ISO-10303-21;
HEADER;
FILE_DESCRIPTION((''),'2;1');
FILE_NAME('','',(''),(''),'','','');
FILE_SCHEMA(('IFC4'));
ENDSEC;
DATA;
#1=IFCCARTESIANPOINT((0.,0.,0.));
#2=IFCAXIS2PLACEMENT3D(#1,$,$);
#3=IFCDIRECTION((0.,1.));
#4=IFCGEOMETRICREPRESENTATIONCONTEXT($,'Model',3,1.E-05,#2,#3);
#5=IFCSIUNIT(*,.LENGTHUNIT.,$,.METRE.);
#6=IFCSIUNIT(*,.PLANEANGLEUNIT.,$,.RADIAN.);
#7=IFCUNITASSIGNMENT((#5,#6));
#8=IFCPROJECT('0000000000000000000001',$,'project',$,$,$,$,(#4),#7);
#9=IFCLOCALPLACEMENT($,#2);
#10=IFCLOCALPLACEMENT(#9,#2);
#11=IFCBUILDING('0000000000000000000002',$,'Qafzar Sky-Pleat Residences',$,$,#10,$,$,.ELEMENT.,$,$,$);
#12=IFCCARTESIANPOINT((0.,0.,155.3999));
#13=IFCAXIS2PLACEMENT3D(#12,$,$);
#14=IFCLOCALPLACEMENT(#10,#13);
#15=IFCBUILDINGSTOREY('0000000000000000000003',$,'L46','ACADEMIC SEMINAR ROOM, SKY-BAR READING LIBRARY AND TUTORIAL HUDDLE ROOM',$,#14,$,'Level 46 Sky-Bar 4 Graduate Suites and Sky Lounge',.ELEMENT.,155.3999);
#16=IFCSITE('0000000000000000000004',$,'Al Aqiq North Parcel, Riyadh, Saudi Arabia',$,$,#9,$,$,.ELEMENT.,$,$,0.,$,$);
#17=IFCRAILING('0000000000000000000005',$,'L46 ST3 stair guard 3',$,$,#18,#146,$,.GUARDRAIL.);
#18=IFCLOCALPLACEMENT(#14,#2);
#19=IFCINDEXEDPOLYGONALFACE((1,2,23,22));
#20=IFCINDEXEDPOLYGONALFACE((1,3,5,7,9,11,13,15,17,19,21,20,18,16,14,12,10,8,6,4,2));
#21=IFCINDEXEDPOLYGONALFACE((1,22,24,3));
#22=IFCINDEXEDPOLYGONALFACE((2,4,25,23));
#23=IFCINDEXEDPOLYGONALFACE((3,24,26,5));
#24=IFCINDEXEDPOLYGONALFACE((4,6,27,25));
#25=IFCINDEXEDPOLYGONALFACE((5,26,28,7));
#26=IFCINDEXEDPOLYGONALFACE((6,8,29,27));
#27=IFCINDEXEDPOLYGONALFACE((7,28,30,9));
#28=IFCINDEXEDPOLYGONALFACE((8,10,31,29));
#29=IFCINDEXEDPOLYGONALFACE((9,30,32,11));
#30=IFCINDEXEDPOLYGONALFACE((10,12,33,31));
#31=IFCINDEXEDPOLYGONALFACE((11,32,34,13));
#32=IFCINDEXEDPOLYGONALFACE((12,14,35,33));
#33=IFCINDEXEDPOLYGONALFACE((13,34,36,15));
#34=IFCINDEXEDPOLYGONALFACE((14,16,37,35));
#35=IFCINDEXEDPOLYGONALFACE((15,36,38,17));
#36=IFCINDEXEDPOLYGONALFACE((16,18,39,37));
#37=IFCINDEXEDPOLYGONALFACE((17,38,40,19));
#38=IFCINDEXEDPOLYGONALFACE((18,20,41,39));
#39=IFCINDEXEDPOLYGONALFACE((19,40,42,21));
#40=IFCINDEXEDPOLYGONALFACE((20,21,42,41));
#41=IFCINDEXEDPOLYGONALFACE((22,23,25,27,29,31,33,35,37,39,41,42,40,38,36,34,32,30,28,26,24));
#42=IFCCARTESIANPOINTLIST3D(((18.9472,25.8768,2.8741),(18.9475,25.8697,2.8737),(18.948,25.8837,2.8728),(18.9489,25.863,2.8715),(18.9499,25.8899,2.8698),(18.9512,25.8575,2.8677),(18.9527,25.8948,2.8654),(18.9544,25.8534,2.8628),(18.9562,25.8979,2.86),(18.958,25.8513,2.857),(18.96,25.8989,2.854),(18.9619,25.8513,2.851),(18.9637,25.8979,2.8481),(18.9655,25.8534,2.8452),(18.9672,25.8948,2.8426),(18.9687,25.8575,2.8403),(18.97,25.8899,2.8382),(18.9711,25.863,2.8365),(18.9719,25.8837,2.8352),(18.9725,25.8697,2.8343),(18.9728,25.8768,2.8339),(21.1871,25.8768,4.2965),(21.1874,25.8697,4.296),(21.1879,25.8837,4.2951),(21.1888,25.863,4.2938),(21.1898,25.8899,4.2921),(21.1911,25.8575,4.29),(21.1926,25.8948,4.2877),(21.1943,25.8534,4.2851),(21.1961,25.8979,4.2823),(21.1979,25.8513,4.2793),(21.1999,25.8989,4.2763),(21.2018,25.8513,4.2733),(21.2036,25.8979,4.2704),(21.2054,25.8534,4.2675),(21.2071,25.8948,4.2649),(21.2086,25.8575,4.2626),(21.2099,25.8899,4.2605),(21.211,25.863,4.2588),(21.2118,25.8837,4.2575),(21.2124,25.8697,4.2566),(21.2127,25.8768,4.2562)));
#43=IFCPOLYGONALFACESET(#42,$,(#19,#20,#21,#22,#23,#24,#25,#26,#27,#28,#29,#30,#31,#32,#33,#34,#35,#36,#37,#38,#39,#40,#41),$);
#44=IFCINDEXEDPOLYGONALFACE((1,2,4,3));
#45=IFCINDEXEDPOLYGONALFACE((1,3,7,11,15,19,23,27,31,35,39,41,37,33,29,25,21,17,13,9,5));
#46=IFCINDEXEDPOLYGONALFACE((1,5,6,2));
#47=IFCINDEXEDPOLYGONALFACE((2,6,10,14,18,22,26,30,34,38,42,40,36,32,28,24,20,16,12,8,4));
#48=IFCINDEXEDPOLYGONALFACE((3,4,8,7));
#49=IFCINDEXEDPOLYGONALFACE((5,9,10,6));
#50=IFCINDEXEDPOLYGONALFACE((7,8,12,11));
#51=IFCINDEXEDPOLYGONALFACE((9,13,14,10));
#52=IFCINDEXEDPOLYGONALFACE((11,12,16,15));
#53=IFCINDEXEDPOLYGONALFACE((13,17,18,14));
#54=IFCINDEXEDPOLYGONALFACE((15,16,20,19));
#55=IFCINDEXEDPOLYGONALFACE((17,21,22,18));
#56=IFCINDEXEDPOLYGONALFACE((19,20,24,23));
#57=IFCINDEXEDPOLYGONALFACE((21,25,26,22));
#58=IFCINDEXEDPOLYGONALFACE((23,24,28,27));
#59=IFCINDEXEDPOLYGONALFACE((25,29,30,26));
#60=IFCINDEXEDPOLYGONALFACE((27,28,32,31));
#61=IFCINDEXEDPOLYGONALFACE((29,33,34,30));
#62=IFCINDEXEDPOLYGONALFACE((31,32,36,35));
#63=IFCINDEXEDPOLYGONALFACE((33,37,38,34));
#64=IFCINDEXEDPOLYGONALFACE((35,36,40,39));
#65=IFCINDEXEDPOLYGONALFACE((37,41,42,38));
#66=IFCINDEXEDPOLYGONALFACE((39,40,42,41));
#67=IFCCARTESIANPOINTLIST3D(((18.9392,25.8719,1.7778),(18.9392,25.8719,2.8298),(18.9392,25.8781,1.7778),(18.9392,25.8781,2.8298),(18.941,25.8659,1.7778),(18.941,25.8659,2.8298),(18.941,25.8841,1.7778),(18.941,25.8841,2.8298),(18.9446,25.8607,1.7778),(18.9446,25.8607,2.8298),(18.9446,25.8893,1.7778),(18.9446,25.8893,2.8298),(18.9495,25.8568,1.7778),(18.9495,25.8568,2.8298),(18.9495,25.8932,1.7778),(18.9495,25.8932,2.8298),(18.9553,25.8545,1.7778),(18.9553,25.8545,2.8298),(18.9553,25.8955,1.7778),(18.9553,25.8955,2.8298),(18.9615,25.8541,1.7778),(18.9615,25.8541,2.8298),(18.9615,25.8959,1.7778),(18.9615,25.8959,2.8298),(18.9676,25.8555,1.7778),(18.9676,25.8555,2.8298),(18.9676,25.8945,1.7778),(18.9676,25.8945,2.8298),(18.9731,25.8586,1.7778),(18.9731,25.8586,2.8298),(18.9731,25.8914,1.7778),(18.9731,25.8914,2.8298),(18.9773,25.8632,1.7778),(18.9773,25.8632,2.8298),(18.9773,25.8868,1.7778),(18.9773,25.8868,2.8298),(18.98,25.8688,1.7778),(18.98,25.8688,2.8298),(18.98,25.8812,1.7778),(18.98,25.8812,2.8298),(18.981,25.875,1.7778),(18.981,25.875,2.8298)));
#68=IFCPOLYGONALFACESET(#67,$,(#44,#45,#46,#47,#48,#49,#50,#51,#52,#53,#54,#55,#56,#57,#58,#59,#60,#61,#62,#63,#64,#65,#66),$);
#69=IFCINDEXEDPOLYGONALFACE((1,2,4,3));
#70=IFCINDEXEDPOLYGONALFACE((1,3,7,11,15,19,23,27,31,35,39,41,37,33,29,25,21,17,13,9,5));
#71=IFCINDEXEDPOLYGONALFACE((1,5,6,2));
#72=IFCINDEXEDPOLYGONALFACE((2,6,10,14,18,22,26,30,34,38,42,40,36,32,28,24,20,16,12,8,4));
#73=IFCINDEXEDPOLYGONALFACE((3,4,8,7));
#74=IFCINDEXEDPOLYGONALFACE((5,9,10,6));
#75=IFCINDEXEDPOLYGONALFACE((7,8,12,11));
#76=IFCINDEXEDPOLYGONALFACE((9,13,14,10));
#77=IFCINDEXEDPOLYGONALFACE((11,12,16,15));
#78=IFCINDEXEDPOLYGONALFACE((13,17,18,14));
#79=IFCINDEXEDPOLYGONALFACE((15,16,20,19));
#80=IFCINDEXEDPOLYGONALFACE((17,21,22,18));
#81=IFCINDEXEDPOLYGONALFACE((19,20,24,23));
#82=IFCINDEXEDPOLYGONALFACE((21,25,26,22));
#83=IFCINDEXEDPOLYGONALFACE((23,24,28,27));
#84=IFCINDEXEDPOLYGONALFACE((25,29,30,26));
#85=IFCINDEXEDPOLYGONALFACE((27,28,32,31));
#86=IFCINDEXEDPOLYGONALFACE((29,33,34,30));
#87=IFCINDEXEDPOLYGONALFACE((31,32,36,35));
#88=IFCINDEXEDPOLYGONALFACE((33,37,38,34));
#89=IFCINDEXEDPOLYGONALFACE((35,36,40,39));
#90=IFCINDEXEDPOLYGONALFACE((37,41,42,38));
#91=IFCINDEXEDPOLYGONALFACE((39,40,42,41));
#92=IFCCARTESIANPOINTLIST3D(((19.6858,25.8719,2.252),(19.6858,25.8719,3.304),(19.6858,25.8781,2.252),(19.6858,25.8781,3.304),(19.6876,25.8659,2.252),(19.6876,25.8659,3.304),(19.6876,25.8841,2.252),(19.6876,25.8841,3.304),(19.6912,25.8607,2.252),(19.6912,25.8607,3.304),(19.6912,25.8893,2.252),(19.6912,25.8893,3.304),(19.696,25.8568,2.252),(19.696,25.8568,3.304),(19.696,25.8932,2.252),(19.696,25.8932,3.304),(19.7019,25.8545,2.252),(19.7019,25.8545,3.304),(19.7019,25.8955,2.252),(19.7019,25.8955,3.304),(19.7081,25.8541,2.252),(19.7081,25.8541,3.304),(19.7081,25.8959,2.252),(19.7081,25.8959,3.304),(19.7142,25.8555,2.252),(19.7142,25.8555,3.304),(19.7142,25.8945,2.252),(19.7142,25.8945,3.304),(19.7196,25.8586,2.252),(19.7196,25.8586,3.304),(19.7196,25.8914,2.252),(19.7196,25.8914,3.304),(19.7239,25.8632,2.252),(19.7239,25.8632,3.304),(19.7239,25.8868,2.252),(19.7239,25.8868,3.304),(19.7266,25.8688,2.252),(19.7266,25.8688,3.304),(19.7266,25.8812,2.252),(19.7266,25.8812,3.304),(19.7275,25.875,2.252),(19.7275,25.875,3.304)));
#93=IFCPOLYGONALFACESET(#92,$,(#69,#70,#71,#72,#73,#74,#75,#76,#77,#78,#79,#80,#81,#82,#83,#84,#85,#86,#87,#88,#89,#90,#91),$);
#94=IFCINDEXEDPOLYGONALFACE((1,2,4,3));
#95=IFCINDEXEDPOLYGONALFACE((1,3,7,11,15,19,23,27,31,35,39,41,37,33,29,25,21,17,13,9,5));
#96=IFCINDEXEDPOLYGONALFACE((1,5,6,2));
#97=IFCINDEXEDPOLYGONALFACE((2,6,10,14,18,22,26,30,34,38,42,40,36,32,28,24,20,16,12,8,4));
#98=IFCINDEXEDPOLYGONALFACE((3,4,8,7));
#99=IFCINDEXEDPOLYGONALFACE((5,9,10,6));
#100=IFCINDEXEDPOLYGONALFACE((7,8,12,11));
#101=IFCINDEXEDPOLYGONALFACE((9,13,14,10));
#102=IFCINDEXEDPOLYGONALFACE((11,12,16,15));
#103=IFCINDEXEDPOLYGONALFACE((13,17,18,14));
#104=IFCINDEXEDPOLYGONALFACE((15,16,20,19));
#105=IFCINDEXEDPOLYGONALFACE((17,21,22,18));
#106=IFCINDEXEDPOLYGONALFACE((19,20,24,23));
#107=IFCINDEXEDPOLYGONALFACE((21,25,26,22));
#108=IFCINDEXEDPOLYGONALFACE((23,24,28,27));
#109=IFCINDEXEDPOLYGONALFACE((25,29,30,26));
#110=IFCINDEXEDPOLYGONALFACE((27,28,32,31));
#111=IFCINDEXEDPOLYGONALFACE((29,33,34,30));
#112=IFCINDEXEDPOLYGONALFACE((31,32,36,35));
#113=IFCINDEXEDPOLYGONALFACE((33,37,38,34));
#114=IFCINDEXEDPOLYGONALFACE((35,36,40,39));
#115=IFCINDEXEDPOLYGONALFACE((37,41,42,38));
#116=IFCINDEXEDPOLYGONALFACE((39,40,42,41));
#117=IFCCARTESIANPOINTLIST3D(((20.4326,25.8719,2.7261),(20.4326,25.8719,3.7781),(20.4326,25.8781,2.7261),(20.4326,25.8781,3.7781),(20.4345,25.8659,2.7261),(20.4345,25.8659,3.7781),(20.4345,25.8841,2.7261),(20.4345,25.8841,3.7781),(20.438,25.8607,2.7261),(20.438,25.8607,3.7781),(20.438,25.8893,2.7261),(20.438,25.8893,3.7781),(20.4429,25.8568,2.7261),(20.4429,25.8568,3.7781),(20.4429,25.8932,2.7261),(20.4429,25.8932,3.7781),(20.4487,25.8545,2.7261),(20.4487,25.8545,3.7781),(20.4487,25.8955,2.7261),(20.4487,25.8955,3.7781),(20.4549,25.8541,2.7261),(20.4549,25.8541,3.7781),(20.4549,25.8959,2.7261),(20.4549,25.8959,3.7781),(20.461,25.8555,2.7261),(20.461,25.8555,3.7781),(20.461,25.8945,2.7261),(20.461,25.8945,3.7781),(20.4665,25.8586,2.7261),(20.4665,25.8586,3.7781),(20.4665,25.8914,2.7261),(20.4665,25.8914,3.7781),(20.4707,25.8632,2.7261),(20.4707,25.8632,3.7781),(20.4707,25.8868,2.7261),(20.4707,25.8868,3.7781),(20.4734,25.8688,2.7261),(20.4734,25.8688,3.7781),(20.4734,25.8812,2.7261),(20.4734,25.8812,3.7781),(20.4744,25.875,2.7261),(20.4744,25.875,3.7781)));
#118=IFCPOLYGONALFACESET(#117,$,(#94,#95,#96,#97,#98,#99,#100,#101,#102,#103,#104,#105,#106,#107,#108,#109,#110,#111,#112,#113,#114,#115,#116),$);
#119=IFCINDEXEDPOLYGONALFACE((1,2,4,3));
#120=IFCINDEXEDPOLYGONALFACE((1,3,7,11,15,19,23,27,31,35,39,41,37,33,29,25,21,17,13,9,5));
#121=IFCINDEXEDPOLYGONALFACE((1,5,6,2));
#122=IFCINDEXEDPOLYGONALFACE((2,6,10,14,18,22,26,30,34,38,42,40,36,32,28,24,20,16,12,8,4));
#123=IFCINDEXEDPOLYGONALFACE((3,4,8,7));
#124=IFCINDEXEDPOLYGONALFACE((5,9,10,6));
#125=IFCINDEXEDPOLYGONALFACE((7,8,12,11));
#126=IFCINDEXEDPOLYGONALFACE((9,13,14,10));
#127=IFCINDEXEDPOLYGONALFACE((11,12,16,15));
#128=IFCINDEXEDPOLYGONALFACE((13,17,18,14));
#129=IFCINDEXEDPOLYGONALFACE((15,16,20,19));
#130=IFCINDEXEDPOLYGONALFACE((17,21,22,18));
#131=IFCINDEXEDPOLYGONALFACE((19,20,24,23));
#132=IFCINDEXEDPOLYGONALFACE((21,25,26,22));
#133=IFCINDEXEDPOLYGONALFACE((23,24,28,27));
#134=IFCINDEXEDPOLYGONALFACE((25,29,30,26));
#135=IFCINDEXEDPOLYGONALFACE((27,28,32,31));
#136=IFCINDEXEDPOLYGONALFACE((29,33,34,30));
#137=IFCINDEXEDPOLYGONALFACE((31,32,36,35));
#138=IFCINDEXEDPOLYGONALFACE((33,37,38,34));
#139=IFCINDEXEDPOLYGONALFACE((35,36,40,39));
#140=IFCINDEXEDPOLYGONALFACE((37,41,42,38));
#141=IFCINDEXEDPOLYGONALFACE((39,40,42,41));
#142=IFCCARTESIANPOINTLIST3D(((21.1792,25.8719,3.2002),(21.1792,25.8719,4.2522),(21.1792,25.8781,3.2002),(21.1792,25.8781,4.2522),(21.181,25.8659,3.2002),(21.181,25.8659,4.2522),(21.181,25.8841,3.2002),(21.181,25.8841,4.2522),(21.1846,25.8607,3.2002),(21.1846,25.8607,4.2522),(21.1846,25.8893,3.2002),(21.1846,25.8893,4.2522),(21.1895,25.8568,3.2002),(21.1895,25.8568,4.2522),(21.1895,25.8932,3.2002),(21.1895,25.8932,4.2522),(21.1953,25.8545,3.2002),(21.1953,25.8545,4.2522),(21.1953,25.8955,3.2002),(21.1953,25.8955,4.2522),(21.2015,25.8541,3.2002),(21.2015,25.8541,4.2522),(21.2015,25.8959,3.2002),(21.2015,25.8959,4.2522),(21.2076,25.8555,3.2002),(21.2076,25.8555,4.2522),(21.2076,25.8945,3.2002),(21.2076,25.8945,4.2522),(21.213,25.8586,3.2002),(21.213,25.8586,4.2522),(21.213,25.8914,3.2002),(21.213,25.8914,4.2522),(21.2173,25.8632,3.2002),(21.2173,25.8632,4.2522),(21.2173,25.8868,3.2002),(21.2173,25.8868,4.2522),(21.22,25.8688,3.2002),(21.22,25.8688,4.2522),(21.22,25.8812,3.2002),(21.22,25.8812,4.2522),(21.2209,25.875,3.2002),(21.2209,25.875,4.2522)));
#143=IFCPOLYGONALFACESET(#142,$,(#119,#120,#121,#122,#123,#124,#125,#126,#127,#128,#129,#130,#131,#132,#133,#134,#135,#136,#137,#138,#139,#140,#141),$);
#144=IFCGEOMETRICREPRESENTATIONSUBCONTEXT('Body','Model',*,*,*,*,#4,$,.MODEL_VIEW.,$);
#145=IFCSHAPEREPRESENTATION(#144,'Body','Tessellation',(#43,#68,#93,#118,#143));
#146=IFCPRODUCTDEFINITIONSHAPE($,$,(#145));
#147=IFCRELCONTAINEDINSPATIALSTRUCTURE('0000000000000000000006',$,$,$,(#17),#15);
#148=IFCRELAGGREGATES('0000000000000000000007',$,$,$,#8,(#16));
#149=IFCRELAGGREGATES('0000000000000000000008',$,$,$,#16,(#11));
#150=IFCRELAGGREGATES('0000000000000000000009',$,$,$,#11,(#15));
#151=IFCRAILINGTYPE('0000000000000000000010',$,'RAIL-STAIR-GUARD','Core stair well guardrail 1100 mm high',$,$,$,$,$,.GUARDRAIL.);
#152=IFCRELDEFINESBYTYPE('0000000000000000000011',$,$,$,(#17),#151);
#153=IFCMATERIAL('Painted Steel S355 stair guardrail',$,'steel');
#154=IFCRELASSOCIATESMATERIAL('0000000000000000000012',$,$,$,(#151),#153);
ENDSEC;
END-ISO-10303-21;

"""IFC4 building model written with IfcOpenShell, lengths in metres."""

from ifc_helpers import new_model, si_unit, direction, frame, origin, origin_2d, place, context, subcontext, project, spatial, circle, extrude, source, transform, mapped, material, type_object, element, save


model = new_model("IFC4")

# Units and contexts
model_context = context("Model", 3, precision=1e-05, world=origin(), true_north=direction((0.0, 1.0)))
body_context = subcontext(model_context, "Body", "Model", "MODEL_VIEW")
ifc_project = project(units=[si_unit("LENGTHUNIT", "METRE"), si_unit("PLANEANGLEUNIT", "RADIAN")], contexts=[model_context])

# Site, building, storey
site_placement = place(None, origin())
site = spatial("IfcSite", under=ifc_project, at=site_placement, Name="Al Aqiq North Parcel, Riyadh, Saudi Arabia", CompositionType="ELEMENT", RefElevation=0.0)
building_placement = place(site_placement, origin())
building = spatial("IfcBuilding", under=site, at=building_placement, Name="Qafzar Sky-Pleat Residences", CompositionType="ELEMENT")
storey_placement = place(building_placement, frame((0.0, 0.0, 155.3999)))
storey = spatial("IfcBuildingStorey", under=building, at=storey_placement, Name="L46", Description="ACADEMIC SEMINAR ROOM, SKY-BAR READING LIBRARY AND TUTORIAL HUDDLE ROOM", LongName="Level 46 Sky-Bar 4 Graduate Suites and Sky Lounge", CompositionType="ELEMENT", Elevation=155.3999)

# Railing
ifc_material_1 = material(Name="Painted Steel S355 stair guardrail", Category="steel")
railing_type_1 = type_object("IfcRailingType", Name="RAIL-STAIR-GUARD", Description="Core stair well guardrail 1100 mm high", PredefinedType="GUARDRAIL", material=ifc_material_1)
shared_shape_1 = source(origin(), body_context, "Body", "SweptSolid", [
    extrude(circle(Radius=0.0239, at=origin_2d()), frame((0.0, 0.0, 1.0762), z_axis=(0.844188, 0.0, 0.536048), x_axis=(0.0, 1.0, 0.0)), (0.0, 0.0, 1.0), 2.6533),
    extrude(circle(Radius=0.021, at=origin_2d()), origin(), (0.0, 0.0, 1.0), 1.052),
    extrude(circle(Radius=0.021, at=origin_2d()), frame((0.7466, 0.0, 0.4741)), (0.0, 0.0, 1.0), 1.052),
    extrude(circle(Radius=0.021, at=origin_2d()), frame((1.4934, 0.0, 0.9482)), (0.0, 0.0, 1.0), 1.052),
    extrude(circle(Radius=0.021, at=origin_2d()), frame((2.24, 0.0, 1.4224)), (0.0, 0.0, 1.0), 1.052),
])
railing_1_placement = place(storey_placement, frame((18.96, 25.875, 1.7778)))
element("IfcRailing", 1, at=railing_1_placement, inside=storey, type_object=railing_type_1, Name="L46 ST3 stair guard 3", PredefinedType="GUARDRAIL", context=body_context, shape_type="MappedRepresentation", body=[
    mapped(shared_shape_1, transform((0.0, 0.0, 0.0), x_axis=(1.0, 0.0, 0.0), y_axis=(0.0, 1.0, 0.0), z_axis=(0.0, 0.0, 1.0), scale=1.0)),
])

save(model, "model.ifc")
